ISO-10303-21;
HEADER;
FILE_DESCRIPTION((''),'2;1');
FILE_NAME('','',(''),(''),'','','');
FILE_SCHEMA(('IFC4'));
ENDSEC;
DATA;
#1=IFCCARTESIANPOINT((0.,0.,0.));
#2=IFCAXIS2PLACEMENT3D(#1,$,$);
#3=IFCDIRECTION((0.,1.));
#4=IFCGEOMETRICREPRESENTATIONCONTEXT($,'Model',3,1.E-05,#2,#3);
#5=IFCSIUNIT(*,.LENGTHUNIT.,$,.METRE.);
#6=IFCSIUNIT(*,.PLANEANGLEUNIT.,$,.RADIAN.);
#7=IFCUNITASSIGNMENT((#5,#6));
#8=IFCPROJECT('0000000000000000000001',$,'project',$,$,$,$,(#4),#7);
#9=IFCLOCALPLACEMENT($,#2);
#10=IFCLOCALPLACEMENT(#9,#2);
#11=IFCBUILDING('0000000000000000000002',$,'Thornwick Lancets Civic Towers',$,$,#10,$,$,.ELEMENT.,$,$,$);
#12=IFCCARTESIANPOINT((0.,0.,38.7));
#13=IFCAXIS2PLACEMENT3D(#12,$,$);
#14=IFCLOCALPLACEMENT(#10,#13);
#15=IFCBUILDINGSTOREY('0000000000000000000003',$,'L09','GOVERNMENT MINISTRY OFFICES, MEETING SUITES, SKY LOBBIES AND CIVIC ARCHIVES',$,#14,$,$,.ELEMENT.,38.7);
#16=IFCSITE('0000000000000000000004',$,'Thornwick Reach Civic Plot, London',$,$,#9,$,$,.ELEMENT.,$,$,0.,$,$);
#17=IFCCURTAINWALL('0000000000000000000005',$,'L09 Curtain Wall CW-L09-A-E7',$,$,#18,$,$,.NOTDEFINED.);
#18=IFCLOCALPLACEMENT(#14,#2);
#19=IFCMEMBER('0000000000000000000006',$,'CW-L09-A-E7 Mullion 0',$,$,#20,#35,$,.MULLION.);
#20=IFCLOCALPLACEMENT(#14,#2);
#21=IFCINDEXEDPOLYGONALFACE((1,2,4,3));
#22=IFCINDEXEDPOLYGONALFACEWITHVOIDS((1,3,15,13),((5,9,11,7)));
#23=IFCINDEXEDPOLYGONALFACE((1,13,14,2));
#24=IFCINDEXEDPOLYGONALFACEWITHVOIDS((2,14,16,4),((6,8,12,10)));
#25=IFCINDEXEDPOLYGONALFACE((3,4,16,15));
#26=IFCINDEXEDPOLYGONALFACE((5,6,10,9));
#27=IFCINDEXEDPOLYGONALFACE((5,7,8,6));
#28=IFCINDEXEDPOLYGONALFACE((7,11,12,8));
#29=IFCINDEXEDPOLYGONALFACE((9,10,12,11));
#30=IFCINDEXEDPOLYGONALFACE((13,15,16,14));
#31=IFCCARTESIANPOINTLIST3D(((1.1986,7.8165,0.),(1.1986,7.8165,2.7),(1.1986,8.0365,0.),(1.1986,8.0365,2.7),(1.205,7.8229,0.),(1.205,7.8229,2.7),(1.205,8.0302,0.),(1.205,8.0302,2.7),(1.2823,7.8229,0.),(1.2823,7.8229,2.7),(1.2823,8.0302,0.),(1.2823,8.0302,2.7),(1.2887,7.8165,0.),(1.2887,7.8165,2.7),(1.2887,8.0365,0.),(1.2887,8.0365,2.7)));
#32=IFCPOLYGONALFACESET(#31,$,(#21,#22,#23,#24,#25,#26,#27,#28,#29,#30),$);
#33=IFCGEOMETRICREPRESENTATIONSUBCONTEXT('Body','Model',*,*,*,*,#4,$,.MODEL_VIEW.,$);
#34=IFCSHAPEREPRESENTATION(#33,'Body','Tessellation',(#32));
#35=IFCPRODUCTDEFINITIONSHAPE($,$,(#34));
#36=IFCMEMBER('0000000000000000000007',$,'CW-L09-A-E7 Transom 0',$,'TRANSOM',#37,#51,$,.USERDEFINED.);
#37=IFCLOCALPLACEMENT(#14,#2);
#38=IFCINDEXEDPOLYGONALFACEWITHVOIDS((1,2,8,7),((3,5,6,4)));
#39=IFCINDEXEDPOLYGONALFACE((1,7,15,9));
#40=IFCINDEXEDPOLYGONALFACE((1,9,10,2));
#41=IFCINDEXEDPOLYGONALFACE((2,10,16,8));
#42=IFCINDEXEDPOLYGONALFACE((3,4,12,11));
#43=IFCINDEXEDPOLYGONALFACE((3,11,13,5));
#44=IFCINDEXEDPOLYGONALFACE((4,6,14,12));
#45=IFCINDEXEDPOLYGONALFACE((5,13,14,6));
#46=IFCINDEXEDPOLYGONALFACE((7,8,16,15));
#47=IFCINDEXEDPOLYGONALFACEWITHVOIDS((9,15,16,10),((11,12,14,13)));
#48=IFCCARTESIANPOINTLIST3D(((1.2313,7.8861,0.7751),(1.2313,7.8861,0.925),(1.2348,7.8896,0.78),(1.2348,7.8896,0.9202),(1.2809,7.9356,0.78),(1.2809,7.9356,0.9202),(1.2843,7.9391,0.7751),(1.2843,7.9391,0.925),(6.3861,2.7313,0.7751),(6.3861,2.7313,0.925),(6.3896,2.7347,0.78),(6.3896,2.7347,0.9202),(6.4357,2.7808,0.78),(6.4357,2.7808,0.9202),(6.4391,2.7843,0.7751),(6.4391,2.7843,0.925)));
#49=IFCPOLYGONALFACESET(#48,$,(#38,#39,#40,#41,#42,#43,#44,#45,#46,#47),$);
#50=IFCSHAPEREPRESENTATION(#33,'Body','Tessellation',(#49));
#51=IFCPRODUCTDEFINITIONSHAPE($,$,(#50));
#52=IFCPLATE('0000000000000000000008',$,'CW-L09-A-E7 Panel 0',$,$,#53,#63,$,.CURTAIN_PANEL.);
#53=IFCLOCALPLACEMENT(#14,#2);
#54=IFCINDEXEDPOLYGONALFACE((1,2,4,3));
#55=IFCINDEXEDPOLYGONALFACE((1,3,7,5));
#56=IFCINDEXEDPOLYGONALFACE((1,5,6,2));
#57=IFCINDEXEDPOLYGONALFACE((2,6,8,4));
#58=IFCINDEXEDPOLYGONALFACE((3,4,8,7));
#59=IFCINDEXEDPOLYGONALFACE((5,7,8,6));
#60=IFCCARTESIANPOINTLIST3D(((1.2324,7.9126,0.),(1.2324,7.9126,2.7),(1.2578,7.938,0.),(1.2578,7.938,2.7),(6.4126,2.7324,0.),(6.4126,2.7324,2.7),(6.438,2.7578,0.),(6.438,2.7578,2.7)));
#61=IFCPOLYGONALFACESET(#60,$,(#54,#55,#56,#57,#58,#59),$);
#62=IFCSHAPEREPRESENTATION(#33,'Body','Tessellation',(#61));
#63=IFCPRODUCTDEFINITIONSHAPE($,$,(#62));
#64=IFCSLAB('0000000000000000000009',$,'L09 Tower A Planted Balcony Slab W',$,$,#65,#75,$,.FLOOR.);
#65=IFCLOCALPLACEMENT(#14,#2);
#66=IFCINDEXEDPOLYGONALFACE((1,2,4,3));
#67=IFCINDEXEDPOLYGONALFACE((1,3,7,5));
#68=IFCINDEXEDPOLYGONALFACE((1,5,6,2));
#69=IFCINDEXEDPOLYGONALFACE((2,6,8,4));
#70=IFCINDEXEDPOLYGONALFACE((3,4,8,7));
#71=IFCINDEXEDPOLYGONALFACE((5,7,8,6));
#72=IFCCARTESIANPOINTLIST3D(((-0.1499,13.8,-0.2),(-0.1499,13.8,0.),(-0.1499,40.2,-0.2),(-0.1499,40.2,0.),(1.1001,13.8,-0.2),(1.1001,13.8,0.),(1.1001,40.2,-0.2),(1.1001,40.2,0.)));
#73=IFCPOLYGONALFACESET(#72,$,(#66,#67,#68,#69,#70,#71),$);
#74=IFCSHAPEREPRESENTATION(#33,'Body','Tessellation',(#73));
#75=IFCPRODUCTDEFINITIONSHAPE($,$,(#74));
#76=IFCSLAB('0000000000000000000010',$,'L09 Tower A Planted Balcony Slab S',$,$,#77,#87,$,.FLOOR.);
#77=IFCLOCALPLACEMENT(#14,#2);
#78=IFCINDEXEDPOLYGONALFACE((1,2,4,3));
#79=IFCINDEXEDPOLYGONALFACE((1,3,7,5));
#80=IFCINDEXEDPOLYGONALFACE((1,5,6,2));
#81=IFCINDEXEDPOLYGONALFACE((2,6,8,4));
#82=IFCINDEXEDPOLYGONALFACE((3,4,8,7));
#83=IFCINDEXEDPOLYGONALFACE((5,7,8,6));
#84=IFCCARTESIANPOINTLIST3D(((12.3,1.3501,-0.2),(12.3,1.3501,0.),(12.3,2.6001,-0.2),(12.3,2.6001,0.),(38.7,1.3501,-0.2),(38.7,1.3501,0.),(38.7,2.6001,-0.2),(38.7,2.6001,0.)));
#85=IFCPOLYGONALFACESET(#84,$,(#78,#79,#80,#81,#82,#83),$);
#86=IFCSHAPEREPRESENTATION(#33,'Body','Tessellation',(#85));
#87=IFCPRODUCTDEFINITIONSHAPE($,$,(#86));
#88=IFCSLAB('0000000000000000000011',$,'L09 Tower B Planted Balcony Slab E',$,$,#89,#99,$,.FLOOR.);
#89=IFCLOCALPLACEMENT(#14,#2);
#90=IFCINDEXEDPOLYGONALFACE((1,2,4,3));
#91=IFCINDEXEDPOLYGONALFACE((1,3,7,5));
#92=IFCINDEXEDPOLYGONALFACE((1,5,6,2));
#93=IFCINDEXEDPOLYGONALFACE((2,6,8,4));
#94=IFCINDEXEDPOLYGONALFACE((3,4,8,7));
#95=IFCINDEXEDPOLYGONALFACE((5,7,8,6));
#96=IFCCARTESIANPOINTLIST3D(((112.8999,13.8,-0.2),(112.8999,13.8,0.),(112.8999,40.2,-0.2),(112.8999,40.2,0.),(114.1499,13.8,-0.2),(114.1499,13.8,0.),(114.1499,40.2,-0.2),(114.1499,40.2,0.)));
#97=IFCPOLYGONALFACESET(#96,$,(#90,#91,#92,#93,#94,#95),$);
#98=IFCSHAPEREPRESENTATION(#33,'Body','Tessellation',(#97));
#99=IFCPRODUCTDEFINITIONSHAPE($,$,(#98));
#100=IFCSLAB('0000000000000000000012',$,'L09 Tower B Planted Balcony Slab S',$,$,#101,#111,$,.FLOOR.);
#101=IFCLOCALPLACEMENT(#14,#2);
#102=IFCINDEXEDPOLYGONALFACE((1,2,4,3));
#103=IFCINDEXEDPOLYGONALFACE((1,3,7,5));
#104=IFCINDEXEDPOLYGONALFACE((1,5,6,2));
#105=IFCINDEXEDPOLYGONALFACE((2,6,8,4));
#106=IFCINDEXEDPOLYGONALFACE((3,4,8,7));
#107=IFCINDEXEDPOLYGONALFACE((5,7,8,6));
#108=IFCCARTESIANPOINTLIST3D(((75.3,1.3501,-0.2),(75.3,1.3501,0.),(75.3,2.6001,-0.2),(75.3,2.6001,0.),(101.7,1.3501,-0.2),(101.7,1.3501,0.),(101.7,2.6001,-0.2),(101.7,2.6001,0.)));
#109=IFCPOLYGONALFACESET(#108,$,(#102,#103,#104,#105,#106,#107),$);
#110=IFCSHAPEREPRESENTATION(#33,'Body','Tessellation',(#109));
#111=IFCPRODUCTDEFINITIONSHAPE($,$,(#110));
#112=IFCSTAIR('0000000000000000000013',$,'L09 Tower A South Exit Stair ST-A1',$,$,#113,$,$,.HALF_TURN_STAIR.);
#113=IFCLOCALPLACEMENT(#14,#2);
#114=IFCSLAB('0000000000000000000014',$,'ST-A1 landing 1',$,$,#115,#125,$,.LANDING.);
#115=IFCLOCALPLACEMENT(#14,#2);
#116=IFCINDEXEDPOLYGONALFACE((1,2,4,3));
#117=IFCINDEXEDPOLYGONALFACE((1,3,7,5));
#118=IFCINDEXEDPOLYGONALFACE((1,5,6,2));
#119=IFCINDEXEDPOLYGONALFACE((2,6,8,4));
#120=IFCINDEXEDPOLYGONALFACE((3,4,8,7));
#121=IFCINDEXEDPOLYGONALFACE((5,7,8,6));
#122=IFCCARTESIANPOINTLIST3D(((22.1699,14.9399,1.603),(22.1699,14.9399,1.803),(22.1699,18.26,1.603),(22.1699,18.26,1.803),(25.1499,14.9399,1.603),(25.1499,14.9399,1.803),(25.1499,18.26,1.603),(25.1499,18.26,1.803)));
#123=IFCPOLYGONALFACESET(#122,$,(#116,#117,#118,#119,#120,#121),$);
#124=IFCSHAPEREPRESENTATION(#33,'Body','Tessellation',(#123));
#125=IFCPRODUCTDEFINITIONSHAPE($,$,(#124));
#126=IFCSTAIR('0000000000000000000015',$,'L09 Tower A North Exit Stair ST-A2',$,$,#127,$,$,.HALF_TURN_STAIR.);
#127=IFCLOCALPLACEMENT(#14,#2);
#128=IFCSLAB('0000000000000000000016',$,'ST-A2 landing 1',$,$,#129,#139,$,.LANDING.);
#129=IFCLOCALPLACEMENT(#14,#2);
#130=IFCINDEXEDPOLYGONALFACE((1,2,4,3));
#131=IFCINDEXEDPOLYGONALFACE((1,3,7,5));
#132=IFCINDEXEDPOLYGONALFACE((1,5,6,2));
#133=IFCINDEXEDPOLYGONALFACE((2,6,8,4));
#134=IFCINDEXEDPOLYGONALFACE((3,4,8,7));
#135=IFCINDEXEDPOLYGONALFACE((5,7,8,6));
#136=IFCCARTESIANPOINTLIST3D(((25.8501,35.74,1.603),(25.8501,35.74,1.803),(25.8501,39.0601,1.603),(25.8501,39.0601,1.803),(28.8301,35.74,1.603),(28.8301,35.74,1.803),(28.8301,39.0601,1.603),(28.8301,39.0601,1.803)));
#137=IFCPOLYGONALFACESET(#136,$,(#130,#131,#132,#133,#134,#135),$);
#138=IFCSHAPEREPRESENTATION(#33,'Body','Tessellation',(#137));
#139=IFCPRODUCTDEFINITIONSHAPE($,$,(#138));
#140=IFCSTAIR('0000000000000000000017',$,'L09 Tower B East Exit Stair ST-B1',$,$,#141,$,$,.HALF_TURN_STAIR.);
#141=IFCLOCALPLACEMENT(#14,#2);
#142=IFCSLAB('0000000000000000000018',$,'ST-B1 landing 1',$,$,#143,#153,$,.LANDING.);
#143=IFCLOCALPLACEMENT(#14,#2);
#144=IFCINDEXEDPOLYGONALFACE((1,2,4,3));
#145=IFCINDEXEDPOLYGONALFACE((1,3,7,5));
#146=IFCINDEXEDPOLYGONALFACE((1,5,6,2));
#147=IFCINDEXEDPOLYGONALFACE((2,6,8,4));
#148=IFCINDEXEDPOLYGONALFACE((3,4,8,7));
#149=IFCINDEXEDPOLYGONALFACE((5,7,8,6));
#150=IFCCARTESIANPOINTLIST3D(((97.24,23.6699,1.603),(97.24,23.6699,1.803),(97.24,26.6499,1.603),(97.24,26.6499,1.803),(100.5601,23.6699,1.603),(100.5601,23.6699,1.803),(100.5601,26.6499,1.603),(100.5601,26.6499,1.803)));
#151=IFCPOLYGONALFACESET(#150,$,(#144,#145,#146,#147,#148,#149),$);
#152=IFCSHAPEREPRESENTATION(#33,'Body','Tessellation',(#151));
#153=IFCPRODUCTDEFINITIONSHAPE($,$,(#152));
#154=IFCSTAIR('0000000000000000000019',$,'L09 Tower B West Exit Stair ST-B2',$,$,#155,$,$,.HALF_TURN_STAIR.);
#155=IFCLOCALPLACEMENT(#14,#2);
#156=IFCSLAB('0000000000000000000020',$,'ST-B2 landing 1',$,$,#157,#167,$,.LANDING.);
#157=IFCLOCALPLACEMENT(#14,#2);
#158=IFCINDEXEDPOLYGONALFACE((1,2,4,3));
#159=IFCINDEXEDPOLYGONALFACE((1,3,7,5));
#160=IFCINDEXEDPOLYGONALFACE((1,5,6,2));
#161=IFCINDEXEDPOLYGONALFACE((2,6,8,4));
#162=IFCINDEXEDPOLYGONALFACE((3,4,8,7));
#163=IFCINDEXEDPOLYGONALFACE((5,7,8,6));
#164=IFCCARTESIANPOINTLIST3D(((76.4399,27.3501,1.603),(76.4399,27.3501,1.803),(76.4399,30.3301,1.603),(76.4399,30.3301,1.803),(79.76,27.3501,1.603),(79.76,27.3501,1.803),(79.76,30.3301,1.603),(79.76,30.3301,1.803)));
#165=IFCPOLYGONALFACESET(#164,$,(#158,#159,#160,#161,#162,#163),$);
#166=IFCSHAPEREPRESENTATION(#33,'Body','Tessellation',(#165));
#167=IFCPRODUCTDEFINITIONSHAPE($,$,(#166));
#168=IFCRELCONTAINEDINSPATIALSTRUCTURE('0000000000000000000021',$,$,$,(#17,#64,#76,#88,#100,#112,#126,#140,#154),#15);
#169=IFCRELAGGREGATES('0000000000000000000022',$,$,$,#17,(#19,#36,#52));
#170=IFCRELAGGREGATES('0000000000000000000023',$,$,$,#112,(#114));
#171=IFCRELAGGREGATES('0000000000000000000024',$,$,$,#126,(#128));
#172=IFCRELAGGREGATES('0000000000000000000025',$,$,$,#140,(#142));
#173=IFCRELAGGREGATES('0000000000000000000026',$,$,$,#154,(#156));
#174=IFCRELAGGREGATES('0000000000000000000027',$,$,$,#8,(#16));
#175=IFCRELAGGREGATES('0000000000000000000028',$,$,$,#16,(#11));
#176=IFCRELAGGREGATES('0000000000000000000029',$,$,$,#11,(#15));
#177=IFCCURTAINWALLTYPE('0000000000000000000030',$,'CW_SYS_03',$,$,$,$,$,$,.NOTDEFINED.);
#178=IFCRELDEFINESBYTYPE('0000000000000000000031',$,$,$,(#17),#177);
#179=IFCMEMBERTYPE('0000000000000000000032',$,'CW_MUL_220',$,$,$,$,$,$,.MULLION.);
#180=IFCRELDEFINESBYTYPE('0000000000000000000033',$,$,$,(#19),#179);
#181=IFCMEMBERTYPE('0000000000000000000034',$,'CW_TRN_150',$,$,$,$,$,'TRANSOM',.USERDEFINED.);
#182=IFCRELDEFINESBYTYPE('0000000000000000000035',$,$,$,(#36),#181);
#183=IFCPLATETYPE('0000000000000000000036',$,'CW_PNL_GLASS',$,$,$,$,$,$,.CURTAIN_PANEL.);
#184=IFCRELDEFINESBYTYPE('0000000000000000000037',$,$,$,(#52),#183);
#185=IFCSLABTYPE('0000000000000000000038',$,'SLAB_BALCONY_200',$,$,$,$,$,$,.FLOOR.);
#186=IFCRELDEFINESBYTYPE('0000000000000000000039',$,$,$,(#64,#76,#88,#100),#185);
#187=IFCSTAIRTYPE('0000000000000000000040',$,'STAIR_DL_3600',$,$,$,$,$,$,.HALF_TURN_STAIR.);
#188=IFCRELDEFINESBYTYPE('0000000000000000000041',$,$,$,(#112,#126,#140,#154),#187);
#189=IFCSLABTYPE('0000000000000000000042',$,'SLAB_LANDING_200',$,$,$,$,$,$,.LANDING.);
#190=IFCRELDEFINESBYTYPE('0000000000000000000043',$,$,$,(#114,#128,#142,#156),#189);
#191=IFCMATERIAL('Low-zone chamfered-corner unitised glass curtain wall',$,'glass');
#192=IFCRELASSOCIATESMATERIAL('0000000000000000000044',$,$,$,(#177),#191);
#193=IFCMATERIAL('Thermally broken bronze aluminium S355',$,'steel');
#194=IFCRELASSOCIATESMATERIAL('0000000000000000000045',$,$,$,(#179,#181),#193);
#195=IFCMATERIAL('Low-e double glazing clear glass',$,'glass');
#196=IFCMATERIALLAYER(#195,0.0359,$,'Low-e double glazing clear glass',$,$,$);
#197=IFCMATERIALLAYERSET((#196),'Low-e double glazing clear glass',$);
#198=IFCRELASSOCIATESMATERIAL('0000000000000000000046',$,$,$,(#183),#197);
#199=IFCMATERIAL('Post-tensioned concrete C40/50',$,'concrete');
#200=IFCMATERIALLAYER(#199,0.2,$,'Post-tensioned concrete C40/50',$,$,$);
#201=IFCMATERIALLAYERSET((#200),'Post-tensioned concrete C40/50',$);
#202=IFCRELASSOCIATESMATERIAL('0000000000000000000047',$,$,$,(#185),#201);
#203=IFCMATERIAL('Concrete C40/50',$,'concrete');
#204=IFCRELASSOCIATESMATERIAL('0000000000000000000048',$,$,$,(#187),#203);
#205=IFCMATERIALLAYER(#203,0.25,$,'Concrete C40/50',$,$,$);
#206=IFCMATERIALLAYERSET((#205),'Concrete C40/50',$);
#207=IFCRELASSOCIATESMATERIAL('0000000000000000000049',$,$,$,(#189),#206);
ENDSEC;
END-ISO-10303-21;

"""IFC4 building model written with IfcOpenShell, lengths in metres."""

from ifc_helpers import new_model, si_unit, direction, frame, origin, origin_2d, place, context, subcontext, project, spatial, polyline, rectangle, hollow_rectangle, outline, extrude, material, layer, layer_set, material_profile, profile_set, type_object, element, aggregate, save


model = new_model("IFC4")

# Units and contexts
model_context = context("Model", 3, precision=1e-05, world=origin(), true_north=direction((0.0, 1.0)))
body_context = subcontext(model_context, "Body", "Model", "MODEL_VIEW")
ifc_project = project(units=[si_unit("LENGTHUNIT", "METRE"), si_unit("PLANEANGLEUNIT", "RADIAN")], contexts=[model_context])

# Site, building, storey
site_placement = place(None, origin())
site = spatial("IfcSite", under=ifc_project, at=site_placement, Name="Thornwick Reach Civic Plot, London", CompositionType="ELEMENT", RefElevation=0.0)
building_placement = place(site_placement, origin())
building = spatial("IfcBuilding", under=site, at=building_placement, Name="Thornwick Lancets Civic Towers", CompositionType="ELEMENT")
storey_placement = place(building_placement, frame((0.0, 0.0, 38.7)))
storey = spatial("IfcBuildingStorey", under=building, at=storey_placement, Name="L09", Description="GOVERNMENT MINISTRY OFFICES, MEETING SUITES, SKY LOBBIES AND CIVIC ARCHIVES", CompositionType="ELEMENT", Elevation=38.7)

# Curtain wall, members, plate
ifc_material_1 = material(Name="Low-zone chamfered-corner unitised glass curtain wall", Category="glass")
curtain_wall_type = type_object("IfcCurtainWallType", Name="CW_SYS_03", PredefinedType="NOTDEFINED", material=ifc_material_1)
curtain_wall_placement = place(storey_placement, origin())
curtain_wall = element("IfcCurtainWall", 1, at=curtain_wall_placement, inside=storey, type_object=curtain_wall_type, Name="L09 Curtain Wall CW-L09-A-E7", PredefinedType="NOTDEFINED")
ifc_material_2 = material(Name="Thermally broken bronze aluminium S355", Category="steel")
ifc_material_profile_1 = material_profile(ifc_material_2, hollow_rectangle(XDim=0.0901, YDim=0.22, WallThickness=0.0063, at=origin_2d()), Name="RHS 220x90x6.3")
ifc_profile_set_1 = profile_set([ifc_material_profile_1], Name="Thermally broken bronze aluminium S355")
member_type_1 = type_object("IfcMemberType", Name="CW_MUL_220", PredefinedType="MULLION", material=ifc_profile_set_1)
member_1_placement = place(storey_placement, frame((1.2437, 7.9265, 0.0), z_axis=(0.0, 0.0, 1.0), x_axis=(1.0, 0.0, 0.0)))
member_1 = element("IfcMember", 2, at=member_1_placement, type_object=member_type_1, Name="CW-L09-A-E7 Mullion 0", PredefinedType="MULLION", context=body_context, shape_type="SweptSolid", body=[
    extrude(hollow_rectangle(XDim=0.0901, YDim=0.22, WallThickness=0.0063, at=origin_2d()), origin(), (0.0, 0.0, 1.0), 2.7),
])
ifc_material_profile_2 = material_profile(ifc_material_2, hollow_rectangle(XDim=0.075, YDim=0.1499, WallThickness=0.0049, at=origin_2d()), Name="RHS 150x75x5")
ifc_profile_set_2 = profile_set([ifc_material_profile_2], Name="Thermally broken bronze aluminium S355")
member_type_2 = type_object("IfcMemberType", Name="CW_TRN_150", ElementType="TRANSOM", PredefinedType="USERDEFINED", material=ifc_profile_set_2)
member_2_placement = place(storey_placement, frame((1.2578, 7.9126, 0.8501), z_axis=(0.707107, -0.707107, 0.0), x_axis=(0.707107, 0.707107, 0.0)))
member_2 = element("IfcMember", 3, at=member_2_placement, type_object=member_type_2, Name="CW-L09-A-E7 Transom 0", ObjectType="TRANSOM", PredefinedType="USERDEFINED", context=body_context, shape_type="SweptSolid", body=[
    extrude(hollow_rectangle(XDim=0.075, YDim=0.1499, WallThickness=0.0049, at=origin_2d()), origin(), (0.0, 0.0, 1.0), 7.29),
])
ifc_material_3 = material(Name="Low-e double glazing clear glass", Category="glass")
ifc_layer_1 = layer(ifc_material_3, 0.0359, Name="Low-e double glazing clear glass")
ifc_layer_set_1 = layer_set([ifc_layer_1], Name="Low-e double glazing clear glass")
plate_type = type_object("IfcPlateType", Name="CW_PNL_GLASS", PredefinedType="CURTAIN_PANEL", material=ifc_layer_set_1)
plate_placement = place(storey_placement, frame((3.8352, 5.3352, 0.0), z_axis=(0.0, 0.0, 1.0), x_axis=(0.707107, -0.707107, 0.0)))
plate = element("IfcPlate", 4, at=plate_placement, type_object=plate_type, Name="CW-L09-A-E7 Panel 0", PredefinedType="CURTAIN_PANEL", context=body_context, shape_type="SweptSolid", body=[
    extrude(rectangle(XDim=7.3259, YDim=0.0359, at=origin_2d()), origin(), (0.0, 0.0, 1.0), 2.7),
])
aggregate(curtain_wall, [member_1, member_2, plate])

# Slabs
ifc_material_4 = material(Name="Post-tensioned concrete C40/50", Category="concrete")
ifc_layer_2 = layer(ifc_material_4, 0.2, Name="Post-tensioned concrete C40/50")
ifc_layer_set_2 = layer_set([ifc_layer_2], Name="Post-tensioned concrete C40/50")
slab_type_1 = type_object("IfcSlabType", Name="SLAB_BALCONY_200", PredefinedType="FLOOR", material=ifc_layer_set_2)
slab_1_placement = place(storey_placement, frame((0.0, 0.0, -0.2)))
element("IfcSlab", 5, at=slab_1_placement, inside=storey, type_object=slab_type_1, Name="L09 Tower A Planted Balcony Slab W", PredefinedType="FLOOR", context=body_context, shape_type="SweptSolid", body=[
    extrude(outline(polyline([(-0.1499, 13.8), (1.1001, 13.8), (1.1001, 40.2), (-0.1499, 40.2), (-0.1499, 13.8)])), origin(), (0.0, 0.0, 1.0), 0.2),
])
slab_2_placement = place(storey_placement, frame((0.0, 0.0, -0.2)))
element("IfcSlab", 6, at=slab_2_placement, inside=storey, type_object=slab_type_1, Name="L09 Tower A Planted Balcony Slab S", PredefinedType="FLOOR", context=body_context, shape_type="SweptSolid", body=[
    extrude(outline(polyline([(12.3, 1.3501), (38.7, 1.3501), (38.7, 2.6001), (12.3, 2.6001), (12.3, 1.3501)])), origin(), (0.0, 0.0, 1.0), 0.2),
])
slab_3_placement = place(storey_placement, frame((0.0, 0.0, -0.2)))
element("IfcSlab", 7, at=slab_3_placement, inside=storey, type_object=slab_type_1, Name="L09 Tower B Planted Balcony Slab E", PredefinedType="FLOOR", context=body_context, shape_type="SweptSolid", body=[
    extrude(outline(polyline([(112.8999, 13.8), (114.1499, 13.8), (114.1499, 40.2), (112.8999, 40.2), (112.8999, 13.8)])), origin(), (0.0, 0.0, 1.0), 0.2),
])
slab_4_placement = place(storey_placement, frame((0.0, 0.0, -0.2)))
element("IfcSlab", 8, at=slab_4_placement, inside=storey, type_object=slab_type_1, Name="L09 Tower B Planted Balcony Slab S", PredefinedType="FLOOR", context=body_context, shape_type="SweptSolid", body=[
    extrude(outline(polyline([(75.3, 1.3501), (101.7, 1.3501), (101.7, 2.6001), (75.3, 2.6001), (75.3, 1.3501)])), origin(), (0.0, 0.0, 1.0), 0.2),
])

# Stairs, slabs
ifc_material_5 = material(Name="Concrete C40/50", Category="concrete")
stair_type = type_object("IfcStairType", Name="STAIR_DL_3600", PredefinedType="HALF_TURN_STAIR", material=ifc_material_5)
stair_1_placement = place(storey_placement, origin())
stair_1 = element("IfcStair", 9, at=stair_1_placement, inside=storey, type_object=stair_type, Name="L09 Tower A South Exit Stair ST-A1", PredefinedType="HALF_TURN_STAIR")
ifc_layer_3 = layer(ifc_material_5, 0.25, Name="Concrete C40/50")
ifc_layer_set_3 = layer_set([ifc_layer_3], Name="Concrete C40/50")
slab_type_2 = type_object("IfcSlabType", Name="SLAB_LANDING_200", PredefinedType="LANDING", material=ifc_layer_set_3)
slab_5_placement = place(storey_placement, frame((0.0, 0.0, 1.603)))
slab_5 = element("IfcSlab", 10, at=slab_5_placement, type_object=slab_type_2, Name="ST-A1 landing 1", PredefinedType="LANDING", context=body_context, shape_type="SweptSolid", body=[
    extrude(outline(polyline([(22.1699, 14.9399), (25.1499, 14.9399), (25.1499, 18.26), (22.1699, 18.26), (22.1699, 14.9399)])), origin(), (0.0, 0.0, 1.0), 0.2),
])
aggregate(stair_1, [slab_5])
stair_2_placement = place(storey_placement, origin())
stair_2 = element("IfcStair", 11, at=stair_2_placement, inside=storey, type_object=stair_type, Name="L09 Tower A North Exit Stair ST-A2", PredefinedType="HALF_TURN_STAIR")
slab_6_placement = place(storey_placement, frame((0.0, 0.0, 1.603)))
slab_6 = element("IfcSlab", 12, at=slab_6_placement, type_object=slab_type_2, Name="ST-A2 landing 1", PredefinedType="LANDING", context=body_context, shape_type="SweptSolid", body=[
    extrude(outline(polyline([(28.8301, 39.0601), (25.8501, 39.0601), (25.8501, 35.74), (28.8301, 35.74), (28.8301, 39.0601)])), origin(), (0.0, 0.0, 1.0), 0.2),
])
aggregate(stair_2, [slab_6])
stair_3_placement = place(storey_placement, origin())
stair_3 = element("IfcStair", 13, at=stair_3_placement, inside=storey, type_object=stair_type, Name="L09 Tower B East Exit Stair ST-B1", PredefinedType="HALF_TURN_STAIR")
slab_7_placement = place(storey_placement, frame((0.0, 0.0, 1.603)))
slab_7 = element("IfcSlab", 14, at=slab_7_placement, type_object=slab_type_2, Name="ST-B1 landing 1", PredefinedType="LANDING", context=body_context, shape_type="SweptSolid", body=[
    extrude(outline(polyline([(100.5601, 23.6699), (100.5601, 26.6499), (97.24, 26.6499), (97.24, 23.6699), (100.5601, 23.6699)])), origin(), (0.0, 0.0, 1.0), 0.2),
])
aggregate(stair_3, [slab_7])
stair_4_placement = place(storey_placement, origin())
stair_4 = element("IfcStair", 15, at=stair_4_placement, inside=storey, type_object=stair_type, Name="L09 Tower B West Exit Stair ST-B2", PredefinedType="HALF_TURN_STAIR")
slab_8_placement = place(storey_placement, frame((0.0, 0.0, 1.603)))
slab_8 = element("IfcSlab", 16, at=slab_8_placement, type_object=slab_type_2, Name="ST-B2 landing 1", PredefinedType="LANDING", context=body_context, shape_type="SweptSolid", body=[
    extrude(outline(polyline([(76.4399, 30.3301), (76.4399, 27.3501), (79.76, 27.3501), (79.76, 30.3301), (76.4399, 30.3301)])), origin(), (0.0, 0.0, 1.0), 0.2),
])
aggregate(stair_4, [slab_8])

save(model, "model.ifc")
